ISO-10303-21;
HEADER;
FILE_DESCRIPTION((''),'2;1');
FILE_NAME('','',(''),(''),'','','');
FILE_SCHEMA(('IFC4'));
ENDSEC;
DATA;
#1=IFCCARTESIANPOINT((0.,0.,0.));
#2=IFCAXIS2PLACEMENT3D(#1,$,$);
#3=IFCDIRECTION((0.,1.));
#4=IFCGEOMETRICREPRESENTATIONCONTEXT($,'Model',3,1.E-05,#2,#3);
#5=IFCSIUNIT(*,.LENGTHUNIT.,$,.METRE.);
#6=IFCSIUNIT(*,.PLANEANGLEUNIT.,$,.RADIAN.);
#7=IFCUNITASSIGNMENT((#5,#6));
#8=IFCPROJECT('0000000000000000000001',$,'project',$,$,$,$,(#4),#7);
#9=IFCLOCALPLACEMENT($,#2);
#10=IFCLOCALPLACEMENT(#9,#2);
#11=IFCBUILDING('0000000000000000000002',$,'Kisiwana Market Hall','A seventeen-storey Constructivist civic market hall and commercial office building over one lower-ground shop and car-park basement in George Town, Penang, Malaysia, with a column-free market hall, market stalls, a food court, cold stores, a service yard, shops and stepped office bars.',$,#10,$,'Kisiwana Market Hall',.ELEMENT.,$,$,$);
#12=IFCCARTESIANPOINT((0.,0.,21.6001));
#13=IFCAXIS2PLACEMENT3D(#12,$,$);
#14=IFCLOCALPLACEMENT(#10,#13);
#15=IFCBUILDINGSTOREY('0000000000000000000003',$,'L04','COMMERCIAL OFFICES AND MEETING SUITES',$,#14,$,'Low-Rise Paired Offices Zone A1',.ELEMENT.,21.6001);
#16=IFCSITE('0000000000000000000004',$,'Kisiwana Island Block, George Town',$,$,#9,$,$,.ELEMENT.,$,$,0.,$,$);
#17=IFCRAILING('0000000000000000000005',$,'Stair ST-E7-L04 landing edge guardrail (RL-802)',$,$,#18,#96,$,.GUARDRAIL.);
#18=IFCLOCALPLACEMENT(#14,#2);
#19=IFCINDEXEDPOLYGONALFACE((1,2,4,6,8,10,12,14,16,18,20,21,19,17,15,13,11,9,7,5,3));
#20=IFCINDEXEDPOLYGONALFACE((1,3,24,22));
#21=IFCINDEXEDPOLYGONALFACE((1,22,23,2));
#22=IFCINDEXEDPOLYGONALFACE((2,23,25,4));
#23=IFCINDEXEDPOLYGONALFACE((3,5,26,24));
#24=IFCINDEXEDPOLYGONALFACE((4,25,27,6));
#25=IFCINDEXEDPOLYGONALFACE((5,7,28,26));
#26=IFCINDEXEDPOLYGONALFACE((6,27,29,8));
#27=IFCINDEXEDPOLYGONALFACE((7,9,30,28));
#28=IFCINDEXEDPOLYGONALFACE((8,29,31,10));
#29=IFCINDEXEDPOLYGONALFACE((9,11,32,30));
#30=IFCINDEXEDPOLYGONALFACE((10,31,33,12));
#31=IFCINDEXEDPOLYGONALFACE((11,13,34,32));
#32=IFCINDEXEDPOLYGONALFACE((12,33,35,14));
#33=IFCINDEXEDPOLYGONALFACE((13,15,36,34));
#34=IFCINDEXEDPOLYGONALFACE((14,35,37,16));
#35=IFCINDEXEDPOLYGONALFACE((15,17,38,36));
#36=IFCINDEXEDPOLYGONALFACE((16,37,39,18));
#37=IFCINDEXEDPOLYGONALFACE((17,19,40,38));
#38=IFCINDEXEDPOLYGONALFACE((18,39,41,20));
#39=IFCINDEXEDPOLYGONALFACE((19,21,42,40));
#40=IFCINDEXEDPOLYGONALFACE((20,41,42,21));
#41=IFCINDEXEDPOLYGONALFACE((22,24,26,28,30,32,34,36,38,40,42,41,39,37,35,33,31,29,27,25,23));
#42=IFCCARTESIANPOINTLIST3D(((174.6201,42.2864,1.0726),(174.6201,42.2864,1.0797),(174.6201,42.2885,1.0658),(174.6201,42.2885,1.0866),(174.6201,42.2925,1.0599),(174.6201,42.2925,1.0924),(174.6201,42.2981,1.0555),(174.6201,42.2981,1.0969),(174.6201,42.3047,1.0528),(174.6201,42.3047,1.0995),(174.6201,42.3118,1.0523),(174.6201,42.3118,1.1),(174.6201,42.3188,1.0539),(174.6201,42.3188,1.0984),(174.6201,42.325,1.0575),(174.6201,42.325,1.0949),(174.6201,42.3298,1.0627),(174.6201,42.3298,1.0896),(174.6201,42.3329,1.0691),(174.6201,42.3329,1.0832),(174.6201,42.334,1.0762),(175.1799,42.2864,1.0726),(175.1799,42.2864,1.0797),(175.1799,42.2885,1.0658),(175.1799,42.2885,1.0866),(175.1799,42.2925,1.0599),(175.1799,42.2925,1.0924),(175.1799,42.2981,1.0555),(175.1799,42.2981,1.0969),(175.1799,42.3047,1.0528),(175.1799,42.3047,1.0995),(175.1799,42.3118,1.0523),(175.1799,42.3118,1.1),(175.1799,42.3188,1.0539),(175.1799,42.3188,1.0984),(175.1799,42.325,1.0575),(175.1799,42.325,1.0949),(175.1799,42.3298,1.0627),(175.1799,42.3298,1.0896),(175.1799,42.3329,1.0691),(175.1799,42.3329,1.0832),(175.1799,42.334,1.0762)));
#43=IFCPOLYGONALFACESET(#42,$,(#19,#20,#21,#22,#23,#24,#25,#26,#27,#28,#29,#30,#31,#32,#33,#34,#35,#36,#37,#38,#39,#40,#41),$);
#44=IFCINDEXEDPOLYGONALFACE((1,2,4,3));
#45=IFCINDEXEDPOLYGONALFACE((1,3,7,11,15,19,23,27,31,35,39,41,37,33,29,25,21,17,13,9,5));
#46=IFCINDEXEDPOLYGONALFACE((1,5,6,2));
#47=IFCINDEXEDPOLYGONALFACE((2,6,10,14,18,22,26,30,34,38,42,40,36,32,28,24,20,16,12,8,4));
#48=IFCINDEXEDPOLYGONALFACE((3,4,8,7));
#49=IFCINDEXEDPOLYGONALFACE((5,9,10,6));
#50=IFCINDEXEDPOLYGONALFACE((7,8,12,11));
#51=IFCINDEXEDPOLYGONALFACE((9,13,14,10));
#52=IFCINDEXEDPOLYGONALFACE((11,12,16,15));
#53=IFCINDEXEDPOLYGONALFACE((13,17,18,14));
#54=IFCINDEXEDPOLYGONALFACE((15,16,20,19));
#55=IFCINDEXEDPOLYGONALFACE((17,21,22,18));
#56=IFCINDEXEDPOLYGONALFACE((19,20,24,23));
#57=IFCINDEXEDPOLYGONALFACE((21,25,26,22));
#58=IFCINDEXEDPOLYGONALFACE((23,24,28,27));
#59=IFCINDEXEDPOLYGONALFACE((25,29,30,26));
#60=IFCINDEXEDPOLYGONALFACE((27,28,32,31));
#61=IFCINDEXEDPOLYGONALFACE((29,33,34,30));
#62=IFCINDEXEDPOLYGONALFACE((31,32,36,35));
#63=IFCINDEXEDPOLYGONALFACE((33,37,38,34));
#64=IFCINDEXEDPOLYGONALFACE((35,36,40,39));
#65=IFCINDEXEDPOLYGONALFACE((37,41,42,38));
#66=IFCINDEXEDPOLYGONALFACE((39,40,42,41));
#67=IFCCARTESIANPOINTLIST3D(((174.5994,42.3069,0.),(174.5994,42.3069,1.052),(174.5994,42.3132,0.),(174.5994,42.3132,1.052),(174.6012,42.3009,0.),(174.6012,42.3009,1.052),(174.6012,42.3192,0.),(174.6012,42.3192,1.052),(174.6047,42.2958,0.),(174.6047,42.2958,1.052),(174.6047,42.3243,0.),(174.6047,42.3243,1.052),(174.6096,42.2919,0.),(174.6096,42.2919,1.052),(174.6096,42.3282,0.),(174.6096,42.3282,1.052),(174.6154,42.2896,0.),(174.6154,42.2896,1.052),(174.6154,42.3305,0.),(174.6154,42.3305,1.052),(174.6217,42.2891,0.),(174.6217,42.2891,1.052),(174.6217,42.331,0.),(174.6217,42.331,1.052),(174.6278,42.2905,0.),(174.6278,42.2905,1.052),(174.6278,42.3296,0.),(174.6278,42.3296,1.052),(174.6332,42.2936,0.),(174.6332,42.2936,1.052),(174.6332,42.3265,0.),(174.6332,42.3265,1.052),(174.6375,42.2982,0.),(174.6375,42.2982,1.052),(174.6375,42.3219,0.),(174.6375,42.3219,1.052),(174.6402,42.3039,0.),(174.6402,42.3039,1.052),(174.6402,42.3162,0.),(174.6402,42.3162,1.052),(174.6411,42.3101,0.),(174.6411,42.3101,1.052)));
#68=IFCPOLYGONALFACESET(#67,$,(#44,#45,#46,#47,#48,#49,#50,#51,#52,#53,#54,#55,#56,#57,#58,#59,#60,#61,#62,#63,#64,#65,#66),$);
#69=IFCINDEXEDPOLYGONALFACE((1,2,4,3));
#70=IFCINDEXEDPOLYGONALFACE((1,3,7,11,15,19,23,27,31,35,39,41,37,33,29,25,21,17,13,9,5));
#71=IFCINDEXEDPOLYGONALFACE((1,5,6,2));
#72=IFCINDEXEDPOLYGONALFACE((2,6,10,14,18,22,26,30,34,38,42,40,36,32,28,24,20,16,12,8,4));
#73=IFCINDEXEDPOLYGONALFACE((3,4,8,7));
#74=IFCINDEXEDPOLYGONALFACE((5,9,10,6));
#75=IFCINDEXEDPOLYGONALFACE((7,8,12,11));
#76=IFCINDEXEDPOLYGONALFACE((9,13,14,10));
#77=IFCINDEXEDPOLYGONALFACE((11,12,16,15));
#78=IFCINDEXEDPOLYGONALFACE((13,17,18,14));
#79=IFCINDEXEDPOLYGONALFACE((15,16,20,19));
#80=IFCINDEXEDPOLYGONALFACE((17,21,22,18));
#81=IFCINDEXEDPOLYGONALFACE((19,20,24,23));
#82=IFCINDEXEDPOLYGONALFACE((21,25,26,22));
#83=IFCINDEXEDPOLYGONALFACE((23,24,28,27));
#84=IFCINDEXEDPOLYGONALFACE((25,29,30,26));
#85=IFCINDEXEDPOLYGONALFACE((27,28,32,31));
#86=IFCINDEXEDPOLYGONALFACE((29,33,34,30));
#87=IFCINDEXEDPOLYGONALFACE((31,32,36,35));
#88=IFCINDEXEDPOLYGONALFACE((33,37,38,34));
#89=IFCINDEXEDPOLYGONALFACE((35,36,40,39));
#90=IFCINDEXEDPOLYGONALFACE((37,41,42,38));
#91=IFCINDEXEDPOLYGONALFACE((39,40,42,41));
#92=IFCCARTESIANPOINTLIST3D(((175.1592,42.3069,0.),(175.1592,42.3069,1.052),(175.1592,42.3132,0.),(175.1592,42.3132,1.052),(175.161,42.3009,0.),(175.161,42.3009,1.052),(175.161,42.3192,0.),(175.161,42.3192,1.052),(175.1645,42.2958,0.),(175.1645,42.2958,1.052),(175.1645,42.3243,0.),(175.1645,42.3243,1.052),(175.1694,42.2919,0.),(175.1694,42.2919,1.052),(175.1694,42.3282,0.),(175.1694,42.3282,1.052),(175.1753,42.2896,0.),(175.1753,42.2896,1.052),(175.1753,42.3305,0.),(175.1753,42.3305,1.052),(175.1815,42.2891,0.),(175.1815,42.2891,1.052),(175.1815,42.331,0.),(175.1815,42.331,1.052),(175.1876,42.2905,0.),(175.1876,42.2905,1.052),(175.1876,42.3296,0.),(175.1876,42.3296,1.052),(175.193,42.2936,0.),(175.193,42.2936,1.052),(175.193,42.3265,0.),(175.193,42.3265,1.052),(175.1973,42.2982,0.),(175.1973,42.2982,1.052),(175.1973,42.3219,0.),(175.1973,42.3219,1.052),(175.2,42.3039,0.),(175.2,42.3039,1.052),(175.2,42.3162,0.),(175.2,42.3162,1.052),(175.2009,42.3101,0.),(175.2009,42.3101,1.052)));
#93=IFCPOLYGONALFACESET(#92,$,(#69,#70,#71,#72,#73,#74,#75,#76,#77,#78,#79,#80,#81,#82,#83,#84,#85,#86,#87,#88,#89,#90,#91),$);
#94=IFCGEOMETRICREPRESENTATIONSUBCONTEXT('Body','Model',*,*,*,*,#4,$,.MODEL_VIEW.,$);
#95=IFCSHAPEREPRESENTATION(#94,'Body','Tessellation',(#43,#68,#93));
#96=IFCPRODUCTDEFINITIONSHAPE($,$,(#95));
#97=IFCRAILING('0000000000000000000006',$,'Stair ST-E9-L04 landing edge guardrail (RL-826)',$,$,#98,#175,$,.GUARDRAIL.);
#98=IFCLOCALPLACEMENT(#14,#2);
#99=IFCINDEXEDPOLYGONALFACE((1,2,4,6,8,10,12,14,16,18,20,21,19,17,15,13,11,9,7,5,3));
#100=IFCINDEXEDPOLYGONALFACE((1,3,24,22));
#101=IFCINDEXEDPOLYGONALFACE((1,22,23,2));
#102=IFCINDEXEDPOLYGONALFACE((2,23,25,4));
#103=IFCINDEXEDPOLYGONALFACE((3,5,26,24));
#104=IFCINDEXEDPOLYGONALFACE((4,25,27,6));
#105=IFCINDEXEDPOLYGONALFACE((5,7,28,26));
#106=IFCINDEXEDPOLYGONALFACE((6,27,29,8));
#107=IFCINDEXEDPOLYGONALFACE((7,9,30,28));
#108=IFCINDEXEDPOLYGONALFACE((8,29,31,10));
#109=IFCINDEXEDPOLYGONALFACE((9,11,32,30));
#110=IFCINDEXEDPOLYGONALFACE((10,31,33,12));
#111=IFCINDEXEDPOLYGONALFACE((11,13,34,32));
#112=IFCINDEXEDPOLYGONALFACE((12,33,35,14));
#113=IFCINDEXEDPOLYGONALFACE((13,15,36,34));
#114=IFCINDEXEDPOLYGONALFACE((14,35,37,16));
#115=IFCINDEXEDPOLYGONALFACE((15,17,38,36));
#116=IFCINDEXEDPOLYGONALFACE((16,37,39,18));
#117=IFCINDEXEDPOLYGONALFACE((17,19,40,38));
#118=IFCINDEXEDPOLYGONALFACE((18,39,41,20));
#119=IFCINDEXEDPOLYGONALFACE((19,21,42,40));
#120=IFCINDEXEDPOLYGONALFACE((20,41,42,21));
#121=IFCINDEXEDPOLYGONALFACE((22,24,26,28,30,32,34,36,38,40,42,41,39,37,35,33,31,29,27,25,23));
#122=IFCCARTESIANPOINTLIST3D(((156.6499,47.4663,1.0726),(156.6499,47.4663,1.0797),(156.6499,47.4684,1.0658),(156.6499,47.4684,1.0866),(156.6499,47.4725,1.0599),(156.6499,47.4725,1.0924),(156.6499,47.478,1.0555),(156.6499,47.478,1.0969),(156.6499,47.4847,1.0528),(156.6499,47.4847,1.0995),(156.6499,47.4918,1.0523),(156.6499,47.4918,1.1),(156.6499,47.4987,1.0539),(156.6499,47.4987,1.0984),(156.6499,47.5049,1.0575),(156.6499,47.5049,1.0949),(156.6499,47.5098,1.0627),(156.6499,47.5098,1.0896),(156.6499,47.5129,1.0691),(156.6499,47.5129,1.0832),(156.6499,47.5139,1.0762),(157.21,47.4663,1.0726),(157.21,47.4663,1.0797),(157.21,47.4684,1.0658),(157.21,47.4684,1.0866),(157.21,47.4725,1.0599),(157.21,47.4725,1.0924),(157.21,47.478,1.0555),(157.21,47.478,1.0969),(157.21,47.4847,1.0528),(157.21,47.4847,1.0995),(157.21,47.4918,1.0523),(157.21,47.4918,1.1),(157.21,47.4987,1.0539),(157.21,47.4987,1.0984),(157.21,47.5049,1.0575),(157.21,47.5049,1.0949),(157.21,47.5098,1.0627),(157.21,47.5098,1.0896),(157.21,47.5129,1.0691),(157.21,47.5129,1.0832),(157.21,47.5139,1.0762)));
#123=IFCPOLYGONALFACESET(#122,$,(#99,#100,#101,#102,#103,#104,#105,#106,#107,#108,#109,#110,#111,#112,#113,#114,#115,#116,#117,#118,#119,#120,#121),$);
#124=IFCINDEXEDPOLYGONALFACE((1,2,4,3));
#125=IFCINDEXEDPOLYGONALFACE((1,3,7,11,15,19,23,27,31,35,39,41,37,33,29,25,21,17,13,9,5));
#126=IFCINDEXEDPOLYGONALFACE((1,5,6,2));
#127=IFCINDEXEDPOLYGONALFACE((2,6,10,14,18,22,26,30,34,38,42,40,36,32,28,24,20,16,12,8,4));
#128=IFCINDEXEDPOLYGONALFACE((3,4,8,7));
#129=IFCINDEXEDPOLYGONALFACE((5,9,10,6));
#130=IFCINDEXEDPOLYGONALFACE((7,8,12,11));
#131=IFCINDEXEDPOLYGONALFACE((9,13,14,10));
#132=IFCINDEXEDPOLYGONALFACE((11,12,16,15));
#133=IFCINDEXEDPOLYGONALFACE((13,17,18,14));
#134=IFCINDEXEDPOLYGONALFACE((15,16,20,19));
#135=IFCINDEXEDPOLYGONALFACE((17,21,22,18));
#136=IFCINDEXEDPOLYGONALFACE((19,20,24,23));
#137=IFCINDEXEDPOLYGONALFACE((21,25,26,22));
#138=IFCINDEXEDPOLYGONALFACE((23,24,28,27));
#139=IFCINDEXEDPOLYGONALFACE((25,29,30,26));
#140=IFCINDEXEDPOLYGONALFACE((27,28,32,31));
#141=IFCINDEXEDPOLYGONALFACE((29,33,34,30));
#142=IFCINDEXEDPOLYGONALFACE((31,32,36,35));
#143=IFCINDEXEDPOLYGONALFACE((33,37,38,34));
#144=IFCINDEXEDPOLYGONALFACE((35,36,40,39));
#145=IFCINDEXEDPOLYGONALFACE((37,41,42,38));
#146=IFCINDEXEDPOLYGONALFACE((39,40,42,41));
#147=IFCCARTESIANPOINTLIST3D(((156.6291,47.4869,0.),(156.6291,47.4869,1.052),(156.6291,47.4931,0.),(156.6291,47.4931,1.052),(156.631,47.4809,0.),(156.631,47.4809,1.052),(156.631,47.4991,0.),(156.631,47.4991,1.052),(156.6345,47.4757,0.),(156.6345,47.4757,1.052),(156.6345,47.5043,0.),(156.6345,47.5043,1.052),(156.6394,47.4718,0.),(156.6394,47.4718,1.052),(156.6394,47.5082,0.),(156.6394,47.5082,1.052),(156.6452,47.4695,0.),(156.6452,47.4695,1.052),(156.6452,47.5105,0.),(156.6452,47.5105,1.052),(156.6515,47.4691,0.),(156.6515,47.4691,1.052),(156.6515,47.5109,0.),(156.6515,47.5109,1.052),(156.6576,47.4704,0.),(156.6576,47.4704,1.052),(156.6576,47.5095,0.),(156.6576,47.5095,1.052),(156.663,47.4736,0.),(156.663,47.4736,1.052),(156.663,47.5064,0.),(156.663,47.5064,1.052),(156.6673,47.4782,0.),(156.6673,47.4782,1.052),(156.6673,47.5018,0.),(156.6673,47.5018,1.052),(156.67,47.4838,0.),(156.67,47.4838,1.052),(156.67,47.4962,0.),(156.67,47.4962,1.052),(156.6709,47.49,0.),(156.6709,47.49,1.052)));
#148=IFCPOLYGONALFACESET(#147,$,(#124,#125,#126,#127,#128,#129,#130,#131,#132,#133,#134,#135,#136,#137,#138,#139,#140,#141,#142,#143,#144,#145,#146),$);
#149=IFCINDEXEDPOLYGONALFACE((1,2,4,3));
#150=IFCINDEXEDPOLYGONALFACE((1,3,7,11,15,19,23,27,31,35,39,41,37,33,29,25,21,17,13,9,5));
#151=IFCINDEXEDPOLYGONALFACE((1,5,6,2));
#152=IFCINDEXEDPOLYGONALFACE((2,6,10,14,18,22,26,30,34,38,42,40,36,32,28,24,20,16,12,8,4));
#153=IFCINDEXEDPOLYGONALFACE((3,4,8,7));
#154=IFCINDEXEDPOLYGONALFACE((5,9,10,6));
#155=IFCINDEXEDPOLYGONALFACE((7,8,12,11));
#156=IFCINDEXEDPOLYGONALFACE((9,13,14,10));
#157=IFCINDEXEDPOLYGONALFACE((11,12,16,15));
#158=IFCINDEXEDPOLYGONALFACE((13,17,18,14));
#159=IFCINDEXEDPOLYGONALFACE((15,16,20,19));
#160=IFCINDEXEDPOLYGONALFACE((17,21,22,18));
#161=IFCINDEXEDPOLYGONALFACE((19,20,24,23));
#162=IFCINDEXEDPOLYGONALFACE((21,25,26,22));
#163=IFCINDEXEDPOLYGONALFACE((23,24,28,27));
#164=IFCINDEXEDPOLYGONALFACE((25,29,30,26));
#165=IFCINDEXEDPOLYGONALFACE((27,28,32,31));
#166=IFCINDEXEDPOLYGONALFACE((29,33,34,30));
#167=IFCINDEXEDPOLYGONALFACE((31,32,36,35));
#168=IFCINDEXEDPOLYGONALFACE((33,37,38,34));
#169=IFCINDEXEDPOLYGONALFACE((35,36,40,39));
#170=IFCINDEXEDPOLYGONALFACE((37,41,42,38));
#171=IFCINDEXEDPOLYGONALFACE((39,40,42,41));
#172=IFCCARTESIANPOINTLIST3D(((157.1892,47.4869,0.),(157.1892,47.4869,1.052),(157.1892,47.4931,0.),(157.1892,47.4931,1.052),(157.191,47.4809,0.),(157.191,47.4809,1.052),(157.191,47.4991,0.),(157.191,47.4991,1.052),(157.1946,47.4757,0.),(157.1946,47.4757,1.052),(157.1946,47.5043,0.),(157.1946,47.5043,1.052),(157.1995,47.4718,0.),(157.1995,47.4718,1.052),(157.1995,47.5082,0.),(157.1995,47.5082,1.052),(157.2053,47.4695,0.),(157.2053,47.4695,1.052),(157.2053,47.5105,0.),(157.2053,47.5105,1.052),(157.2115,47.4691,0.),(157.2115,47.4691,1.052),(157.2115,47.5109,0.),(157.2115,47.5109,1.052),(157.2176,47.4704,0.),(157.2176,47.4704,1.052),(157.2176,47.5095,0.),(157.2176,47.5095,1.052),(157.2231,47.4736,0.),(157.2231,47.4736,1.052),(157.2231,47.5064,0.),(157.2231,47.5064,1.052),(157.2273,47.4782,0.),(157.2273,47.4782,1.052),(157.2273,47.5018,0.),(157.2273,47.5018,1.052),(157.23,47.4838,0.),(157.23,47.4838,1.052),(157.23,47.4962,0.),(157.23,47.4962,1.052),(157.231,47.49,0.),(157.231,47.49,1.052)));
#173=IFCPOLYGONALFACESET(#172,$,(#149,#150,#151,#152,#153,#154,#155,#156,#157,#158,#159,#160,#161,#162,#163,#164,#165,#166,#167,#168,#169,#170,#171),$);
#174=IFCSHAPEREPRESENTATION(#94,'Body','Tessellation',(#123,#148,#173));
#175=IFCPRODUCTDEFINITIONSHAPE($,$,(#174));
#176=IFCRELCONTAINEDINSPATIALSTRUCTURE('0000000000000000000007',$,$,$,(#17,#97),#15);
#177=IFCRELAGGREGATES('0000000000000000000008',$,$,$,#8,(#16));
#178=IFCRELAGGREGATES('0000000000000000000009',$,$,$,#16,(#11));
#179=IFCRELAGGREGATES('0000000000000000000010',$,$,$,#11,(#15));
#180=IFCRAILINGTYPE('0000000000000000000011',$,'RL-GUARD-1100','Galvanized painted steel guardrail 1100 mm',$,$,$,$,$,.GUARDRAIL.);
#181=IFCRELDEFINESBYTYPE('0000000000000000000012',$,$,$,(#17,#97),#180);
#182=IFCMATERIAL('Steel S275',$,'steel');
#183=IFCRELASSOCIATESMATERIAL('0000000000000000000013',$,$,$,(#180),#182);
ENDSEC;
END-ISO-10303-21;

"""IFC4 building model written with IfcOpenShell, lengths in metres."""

from ifc_helpers import new_model, si_unit, direction, frame, origin, origin_2d, place, context, subcontext, project, spatial, circle, extrude, material, type_object, element, save


model = new_model("IFC4")

# Units and contexts
model_context = context("Model", 3, precision=1e-05, world=origin(), true_north=direction((0.0, 1.0)))
body_context = subcontext(model_context, "Body", "Model", "MODEL_VIEW")
ifc_project = project(units=[si_unit("LENGTHUNIT", "METRE"), si_unit("PLANEANGLEUNIT", "RADIAN")], contexts=[model_context])

# Site, building, storey
site_placement = place(None, origin())
site = spatial("IfcSite", under=ifc_project, at=site_placement, Name="Kisiwana Island Block, George Town", CompositionType="ELEMENT", RefElevation=0.0)
building_placement = place(site_placement, origin())
building = spatial("IfcBuilding", under=site, at=building_placement, Name="Kisiwana Market Hall", Description="A seventeen-storey Constructivist civic market hall and commercial office building over one lower-ground shop and car-park basement in George Town, Penang, Malaysia, with a column-free market hall, market stalls, a food court, cold stores, a service yard, shops and stepped office bars.", LongName="Kisiwana Market Hall", CompositionType="ELEMENT")
storey_placement = place(building_placement, frame((0.0, 0.0, 21.6001)))
storey = spatial("IfcBuildingStorey", under=building, at=storey_placement, Name="L04", Description="COMMERCIAL OFFICES AND MEETING SUITES", LongName="Low-Rise Paired Offices Zone A1", CompositionType="ELEMENT", Elevation=21.6001)

# Railings
ifc_material_1 = material(Name="Steel S275", Category="steel")
railing_type_1 = type_object("IfcRailingType", Name="RL-GUARD-1100", Description="Galvanized painted steel guardrail 1100 mm", PredefinedType="GUARDRAIL", material=ifc_material_1)
railing_1_placement = place(storey_placement, frame((174.6201, 42.3101, 0.0)))
element("IfcRailing", 1, at=railing_1_placement, inside=storey, type_object=railing_type_1, Name="Stair ST-E7-L04 landing edge guardrail (RL-802)", PredefinedType="GUARDRAIL", context=body_context, shape_type="SweptSolid", body=[
    extrude(circle(Radius=0.0239, at=origin_2d()), frame((0.0, 0.0, 1.0762), z_axis=(1.0, 0.0, 0.0), x_axis=(0.0, 1.0, 0.0)), (0.0, 0.0, 1.0), 0.5598),
    extrude(circle(Radius=0.021, at=origin_2d()), origin(), (0.0, 0.0, 1.0), 1.052),
    extrude(circle(Radius=0.021, at=origin_2d()), frame((0.5598, 0.0, 0.0)), (0.0, 0.0, 1.0), 1.052),
])
railing_2_placement = place(storey_placement, frame((156.6499, 47.49, 0.0)))
element("IfcRailing", 2, at=railing_2_placement, inside=storey, type_object=railing_type_1, Name="Stair ST-E9-L04 landing edge guardrail (RL-826)", PredefinedType="GUARDRAIL", context=body_context, shape_type="SweptSolid", body=[
    extrude(circle(Radius=0.0239, at=origin_2d()), frame((0.0, 0.0, 1.0762), z_axis=(1.0, 0.0, 0.0), x_axis=(0.0, 1.0, 0.0)), (0.0, 0.0, 1.0), 0.5601),
    extrude(circle(Radius=0.021, at=origin_2d()), origin(), (0.0, 0.0, 1.0), 1.052),
    extrude(circle(Radius=0.021, at=origin_2d()), frame((0.5601, 0.0, 0.0)), (0.0, 0.0, 1.0), 1.052),
])

save(model, "model.ifc")
